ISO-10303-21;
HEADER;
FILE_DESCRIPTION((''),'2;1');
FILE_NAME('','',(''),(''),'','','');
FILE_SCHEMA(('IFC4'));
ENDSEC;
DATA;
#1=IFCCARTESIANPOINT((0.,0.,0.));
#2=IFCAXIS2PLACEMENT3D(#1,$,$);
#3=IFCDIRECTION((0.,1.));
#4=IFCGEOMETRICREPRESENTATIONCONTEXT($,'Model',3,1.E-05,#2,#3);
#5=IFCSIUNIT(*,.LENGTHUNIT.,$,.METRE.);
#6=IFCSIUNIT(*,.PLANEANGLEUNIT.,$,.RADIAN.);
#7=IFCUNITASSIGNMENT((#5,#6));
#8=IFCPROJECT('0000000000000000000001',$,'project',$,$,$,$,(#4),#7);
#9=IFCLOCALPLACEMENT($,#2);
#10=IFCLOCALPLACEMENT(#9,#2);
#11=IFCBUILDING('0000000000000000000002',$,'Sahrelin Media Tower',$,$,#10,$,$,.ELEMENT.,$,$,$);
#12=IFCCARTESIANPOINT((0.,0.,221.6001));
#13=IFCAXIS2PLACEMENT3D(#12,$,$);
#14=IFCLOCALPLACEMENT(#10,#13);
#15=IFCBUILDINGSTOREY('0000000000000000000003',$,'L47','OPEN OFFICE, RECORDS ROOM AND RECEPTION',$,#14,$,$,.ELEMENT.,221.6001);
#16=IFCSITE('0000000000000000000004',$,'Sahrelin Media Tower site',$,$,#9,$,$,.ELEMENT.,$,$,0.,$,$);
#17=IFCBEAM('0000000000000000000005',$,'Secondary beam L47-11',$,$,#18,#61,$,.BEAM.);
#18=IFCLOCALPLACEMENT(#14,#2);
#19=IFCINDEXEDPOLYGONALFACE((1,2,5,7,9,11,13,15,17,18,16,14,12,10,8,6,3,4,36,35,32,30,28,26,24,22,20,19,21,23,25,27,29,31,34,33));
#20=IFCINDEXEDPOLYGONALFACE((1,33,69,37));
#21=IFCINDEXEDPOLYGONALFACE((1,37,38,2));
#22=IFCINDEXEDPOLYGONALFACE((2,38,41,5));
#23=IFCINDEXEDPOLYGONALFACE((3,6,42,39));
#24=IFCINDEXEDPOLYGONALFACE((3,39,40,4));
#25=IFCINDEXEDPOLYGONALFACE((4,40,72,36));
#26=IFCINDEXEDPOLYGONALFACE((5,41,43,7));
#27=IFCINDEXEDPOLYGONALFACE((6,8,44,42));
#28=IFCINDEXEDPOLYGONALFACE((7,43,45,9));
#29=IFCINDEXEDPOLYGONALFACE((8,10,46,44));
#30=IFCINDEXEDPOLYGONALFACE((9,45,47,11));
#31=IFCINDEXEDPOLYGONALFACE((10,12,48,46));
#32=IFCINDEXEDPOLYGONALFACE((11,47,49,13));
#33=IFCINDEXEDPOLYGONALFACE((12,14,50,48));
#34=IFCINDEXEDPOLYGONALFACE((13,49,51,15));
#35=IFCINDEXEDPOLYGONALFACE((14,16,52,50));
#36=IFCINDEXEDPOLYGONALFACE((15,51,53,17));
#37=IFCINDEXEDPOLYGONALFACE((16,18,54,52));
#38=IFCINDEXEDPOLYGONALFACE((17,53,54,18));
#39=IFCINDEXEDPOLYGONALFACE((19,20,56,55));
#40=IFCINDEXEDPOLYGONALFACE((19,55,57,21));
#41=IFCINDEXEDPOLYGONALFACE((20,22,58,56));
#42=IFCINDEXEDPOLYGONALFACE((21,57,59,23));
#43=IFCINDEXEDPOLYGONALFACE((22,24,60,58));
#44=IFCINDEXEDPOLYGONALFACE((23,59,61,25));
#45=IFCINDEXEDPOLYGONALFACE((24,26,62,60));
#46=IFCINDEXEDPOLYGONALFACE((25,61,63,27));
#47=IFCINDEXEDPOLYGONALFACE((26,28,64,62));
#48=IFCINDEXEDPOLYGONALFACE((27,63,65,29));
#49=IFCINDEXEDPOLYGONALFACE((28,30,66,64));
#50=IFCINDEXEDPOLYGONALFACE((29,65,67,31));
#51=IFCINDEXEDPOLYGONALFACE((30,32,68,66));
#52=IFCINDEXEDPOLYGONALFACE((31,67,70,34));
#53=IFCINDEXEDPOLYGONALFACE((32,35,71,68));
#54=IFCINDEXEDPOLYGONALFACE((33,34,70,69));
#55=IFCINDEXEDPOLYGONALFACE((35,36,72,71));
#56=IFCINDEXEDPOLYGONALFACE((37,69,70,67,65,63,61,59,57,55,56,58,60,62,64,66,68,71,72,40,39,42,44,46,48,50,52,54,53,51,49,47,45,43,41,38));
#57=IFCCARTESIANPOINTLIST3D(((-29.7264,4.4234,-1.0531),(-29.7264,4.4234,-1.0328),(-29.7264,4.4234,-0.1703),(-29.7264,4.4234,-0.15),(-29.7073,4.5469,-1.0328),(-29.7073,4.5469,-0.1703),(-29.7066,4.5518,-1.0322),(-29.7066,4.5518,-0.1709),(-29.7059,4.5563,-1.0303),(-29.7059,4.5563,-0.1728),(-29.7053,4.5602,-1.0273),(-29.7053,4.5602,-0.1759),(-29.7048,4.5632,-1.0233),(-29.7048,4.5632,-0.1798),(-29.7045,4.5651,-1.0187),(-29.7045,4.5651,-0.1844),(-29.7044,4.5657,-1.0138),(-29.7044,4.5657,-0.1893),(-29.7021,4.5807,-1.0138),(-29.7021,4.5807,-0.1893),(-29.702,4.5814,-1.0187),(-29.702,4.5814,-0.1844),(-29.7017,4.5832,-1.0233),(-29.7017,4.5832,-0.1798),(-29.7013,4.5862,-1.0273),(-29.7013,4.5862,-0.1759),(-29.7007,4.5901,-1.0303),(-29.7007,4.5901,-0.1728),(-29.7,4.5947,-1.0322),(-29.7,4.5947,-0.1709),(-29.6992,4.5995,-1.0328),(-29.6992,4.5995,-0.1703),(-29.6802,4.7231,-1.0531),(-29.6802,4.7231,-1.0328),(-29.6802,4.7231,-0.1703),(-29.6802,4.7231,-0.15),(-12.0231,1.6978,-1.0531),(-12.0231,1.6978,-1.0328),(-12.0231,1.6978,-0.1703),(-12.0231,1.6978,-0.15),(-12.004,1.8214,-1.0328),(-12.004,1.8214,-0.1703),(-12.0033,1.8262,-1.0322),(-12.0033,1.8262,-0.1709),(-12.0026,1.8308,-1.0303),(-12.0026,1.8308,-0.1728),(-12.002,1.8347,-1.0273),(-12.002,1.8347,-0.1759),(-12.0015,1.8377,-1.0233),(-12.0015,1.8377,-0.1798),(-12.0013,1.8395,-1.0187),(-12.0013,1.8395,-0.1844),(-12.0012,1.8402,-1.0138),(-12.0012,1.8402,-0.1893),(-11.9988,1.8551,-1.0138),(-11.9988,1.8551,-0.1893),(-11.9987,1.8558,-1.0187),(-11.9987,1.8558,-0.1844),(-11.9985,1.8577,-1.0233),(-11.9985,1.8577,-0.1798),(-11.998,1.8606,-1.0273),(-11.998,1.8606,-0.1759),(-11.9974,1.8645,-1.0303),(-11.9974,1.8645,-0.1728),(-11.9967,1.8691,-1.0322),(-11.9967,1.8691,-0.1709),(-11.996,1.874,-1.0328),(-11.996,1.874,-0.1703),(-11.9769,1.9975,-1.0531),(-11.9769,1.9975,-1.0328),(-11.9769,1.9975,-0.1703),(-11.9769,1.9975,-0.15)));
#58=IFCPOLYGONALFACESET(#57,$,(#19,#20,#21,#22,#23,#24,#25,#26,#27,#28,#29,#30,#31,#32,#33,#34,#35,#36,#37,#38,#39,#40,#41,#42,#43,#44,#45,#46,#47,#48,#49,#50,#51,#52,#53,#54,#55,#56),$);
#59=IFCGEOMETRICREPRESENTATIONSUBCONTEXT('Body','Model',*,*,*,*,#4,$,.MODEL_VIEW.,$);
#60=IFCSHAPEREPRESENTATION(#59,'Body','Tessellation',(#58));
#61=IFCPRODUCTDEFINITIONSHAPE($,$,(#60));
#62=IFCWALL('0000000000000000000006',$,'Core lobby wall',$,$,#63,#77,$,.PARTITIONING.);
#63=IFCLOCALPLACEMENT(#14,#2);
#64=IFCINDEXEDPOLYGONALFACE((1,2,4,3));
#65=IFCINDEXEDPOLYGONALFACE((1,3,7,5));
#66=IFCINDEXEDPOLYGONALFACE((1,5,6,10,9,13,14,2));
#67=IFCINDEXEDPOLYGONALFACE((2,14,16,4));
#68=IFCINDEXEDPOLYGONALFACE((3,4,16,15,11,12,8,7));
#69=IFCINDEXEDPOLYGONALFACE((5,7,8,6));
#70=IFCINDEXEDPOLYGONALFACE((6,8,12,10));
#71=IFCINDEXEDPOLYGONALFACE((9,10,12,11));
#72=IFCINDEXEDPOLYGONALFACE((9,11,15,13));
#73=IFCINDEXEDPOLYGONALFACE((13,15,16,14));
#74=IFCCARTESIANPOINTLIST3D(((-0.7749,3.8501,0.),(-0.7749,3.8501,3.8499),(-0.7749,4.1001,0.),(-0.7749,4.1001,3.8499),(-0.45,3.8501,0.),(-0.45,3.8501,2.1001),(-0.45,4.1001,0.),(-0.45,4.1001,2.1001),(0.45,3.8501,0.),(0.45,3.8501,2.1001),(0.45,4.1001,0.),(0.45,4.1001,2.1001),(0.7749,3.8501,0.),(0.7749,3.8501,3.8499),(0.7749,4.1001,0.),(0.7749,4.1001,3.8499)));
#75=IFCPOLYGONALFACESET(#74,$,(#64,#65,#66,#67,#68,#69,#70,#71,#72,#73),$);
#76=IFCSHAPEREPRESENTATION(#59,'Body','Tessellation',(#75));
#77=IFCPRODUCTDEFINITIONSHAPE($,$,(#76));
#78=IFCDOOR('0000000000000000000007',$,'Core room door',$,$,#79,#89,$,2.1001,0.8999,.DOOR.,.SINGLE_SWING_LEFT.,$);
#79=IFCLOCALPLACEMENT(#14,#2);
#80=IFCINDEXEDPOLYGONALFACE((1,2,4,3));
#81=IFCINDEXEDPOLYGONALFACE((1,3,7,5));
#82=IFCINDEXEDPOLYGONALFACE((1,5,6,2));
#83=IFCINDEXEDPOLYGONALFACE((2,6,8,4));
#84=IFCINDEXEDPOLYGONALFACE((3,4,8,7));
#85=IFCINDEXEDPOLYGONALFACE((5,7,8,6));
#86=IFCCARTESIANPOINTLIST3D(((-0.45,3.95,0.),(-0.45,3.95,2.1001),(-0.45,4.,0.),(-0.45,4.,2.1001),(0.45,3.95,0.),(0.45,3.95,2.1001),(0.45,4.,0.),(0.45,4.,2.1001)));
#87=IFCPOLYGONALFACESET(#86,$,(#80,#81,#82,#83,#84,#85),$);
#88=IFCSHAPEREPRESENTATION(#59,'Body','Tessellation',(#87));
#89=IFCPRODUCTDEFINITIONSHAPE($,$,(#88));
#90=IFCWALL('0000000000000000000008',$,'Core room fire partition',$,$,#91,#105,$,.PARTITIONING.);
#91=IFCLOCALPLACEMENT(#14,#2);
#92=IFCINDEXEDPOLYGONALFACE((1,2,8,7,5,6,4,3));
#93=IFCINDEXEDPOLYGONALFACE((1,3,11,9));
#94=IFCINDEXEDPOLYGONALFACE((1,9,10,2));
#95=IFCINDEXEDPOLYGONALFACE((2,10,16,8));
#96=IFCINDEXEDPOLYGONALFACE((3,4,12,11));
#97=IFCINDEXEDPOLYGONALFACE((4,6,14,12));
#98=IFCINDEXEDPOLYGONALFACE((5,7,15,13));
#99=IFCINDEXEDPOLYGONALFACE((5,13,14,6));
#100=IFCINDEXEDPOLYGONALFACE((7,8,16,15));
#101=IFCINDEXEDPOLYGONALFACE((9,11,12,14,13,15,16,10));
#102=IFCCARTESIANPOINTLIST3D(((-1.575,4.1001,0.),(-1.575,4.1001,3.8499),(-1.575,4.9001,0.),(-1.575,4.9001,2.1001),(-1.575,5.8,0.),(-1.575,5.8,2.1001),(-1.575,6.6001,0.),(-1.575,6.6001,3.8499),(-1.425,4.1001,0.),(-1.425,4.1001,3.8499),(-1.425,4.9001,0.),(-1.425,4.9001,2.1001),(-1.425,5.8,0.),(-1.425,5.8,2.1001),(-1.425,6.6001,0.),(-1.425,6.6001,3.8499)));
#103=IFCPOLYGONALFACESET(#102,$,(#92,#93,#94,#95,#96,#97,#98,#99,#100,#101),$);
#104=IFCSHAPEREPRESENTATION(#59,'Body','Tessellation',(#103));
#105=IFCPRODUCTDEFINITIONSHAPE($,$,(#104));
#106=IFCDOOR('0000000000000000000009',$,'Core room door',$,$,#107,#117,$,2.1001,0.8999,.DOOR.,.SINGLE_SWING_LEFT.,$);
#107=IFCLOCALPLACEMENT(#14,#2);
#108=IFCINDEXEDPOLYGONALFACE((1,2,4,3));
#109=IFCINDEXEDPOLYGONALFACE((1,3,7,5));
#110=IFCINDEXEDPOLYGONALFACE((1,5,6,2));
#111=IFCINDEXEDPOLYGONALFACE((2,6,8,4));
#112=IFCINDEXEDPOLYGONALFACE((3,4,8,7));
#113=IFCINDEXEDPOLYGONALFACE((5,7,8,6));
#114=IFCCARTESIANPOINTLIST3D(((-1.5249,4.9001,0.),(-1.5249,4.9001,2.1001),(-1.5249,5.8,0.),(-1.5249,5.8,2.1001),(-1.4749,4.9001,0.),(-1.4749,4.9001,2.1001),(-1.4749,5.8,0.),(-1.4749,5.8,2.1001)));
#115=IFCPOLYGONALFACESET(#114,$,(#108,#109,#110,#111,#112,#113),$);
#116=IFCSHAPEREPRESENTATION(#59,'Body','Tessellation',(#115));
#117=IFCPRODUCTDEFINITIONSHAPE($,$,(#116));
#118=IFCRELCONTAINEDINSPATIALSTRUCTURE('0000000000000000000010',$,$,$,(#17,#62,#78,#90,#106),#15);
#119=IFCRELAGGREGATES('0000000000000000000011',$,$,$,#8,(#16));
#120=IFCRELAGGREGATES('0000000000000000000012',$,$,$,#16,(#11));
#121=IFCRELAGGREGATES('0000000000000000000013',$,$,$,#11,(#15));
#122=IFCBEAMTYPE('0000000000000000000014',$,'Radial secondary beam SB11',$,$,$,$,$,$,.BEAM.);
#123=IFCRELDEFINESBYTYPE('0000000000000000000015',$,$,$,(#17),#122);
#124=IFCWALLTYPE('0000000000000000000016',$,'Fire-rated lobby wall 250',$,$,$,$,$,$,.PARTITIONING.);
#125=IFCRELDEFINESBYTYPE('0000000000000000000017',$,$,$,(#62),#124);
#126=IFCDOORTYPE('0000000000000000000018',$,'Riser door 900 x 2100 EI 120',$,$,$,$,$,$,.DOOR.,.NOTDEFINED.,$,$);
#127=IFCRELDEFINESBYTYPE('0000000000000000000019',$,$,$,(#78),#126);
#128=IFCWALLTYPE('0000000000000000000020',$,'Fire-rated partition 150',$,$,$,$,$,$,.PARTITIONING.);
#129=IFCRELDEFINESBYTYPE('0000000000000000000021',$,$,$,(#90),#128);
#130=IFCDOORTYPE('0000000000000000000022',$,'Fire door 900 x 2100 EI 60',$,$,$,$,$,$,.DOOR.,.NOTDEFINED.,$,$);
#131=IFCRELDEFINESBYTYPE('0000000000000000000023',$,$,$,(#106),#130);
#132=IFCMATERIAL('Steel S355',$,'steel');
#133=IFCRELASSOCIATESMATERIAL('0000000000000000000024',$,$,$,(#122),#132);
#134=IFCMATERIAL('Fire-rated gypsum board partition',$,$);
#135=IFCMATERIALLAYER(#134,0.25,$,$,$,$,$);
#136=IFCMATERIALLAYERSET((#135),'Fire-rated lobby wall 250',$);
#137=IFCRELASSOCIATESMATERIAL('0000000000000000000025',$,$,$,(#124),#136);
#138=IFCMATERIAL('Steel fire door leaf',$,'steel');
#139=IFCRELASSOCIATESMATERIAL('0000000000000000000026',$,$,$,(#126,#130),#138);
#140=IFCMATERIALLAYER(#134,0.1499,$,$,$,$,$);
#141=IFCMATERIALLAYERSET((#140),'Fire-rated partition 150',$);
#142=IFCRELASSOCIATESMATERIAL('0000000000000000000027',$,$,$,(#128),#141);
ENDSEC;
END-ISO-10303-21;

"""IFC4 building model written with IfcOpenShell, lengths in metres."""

from ifc_helpers import new_model, si_unit, direction, frame, frame_2d, origin, origin_2d, place, context, subcontext, project, spatial, rectangle, i_section, extrude, material, layer, layer_set, material_profile, profile_set, type_object, element, fill, save


model = new_model("IFC4")

# Units and contexts
model_context = context("Model", 3, precision=1e-05, world=origin(), true_north=direction((0.0, 1.0)))
body_context = subcontext(model_context, "Body", "Model", "MODEL_VIEW")
ifc_project = project(units=[si_unit("LENGTHUNIT", "METRE"), si_unit("PLANEANGLEUNIT", "RADIAN")], contexts=[model_context])

# Site, building, storey
site_placement = place(None, origin())
site = spatial("IfcSite", under=ifc_project, at=site_placement, Name="Sahrelin Media Tower site", CompositionType="ELEMENT", RefElevation=0.0)
building_placement = place(site_placement, origin())
building = spatial("IfcBuilding", under=site, at=building_placement, Name="Sahrelin Media Tower", CompositionType="ELEMENT")
storey_placement = place(building_placement, frame((0.0, 0.0, 221.6001)))
storey = spatial("IfcBuildingStorey", under=building, at=storey_placement, Name="L47", Description="OPEN OFFICE, RECORDS ROOM AND RECEPTION", CompositionType="ELEMENT", Elevation=221.6001)

# Beam
ifc_material_1 = material(Name="Steel S355", Category="steel")
ifc_material_profile_1 = material_profile(ifc_material_1, i_section(OverallWidth=0.3032, OverallDepth=0.9031, WebThickness=0.0151, FlangeThickness=0.0203, FilletRadius=0.019, at=origin_2d()), Name="UB 914x305x201")
ifc_profile_set_1 = profile_set([ifc_material_profile_1], Name="Steel S355")
beam_type_1 = type_object("IfcBeamType", Name="Radial secondary beam SB11", PredefinedType="BEAM", material=ifc_profile_set_1)
beam_1_placement = place(storey_placement, frame((-12.0, 1.8477, -0.6016), z_axis=(-0.988355, 0.152166, 0.0), x_axis=(-0.152166, -0.988355, 0.0)))
element("IfcBeam", 1, at=beam_1_placement, inside=storey, type_object=beam_type_1, Name="Secondary beam L47-11", PredefinedType="BEAM", context=body_context, shape_type="SweptSolid", body=[
    extrude(i_section(OverallWidth=0.3032, OverallDepth=0.9031, WebThickness=0.0151, FlangeThickness=0.0203, FilletRadius=0.019, at=origin_2d()), origin(), (0.0, 0.0, 1.0), 17.9119),
])

# Walls, openings, doors
ifc_material_2 = material(Name="Fire-rated gypsum board partition")
ifc_layer_1 = layer(ifc_material_2, 0.25)
ifc_layer_set_1 = layer_set([ifc_layer_1], Name="Fire-rated lobby wall 250")
wall_type_1 = type_object("IfcWallType", Name="Fire-rated lobby wall 250", PredefinedType="PARTITIONING", material=ifc_layer_set_1)
wall_1_placement = place(storey_placement, frame((-0.7749, 3.9751, 0.0), z_axis=(0.0, 0.0, 1.0), x_axis=(1.0, 0.0, 0.0)))
wall_1 = element("IfcWall", 2, at=wall_1_placement, inside=storey, type_object=wall_type_1, Name="Core lobby wall", PredefinedType="PARTITIONING", context=body_context, shape_type="SweptSolid", body=[
    extrude(rectangle(XDim=1.5498, YDim=0.25, at=frame_2d((0.7749, 0.0))), origin(), (0.0, 0.0, 1.0), 3.8499),
])
opening_1_placement = place(wall_1_placement, frame((0.325, 0.0, 0.0)))
opening_1 = element("IfcOpeningElement", 3, at=opening_1_placement, cuts=wall_1, PredefinedType="OPENING", context=body_context, shape_type="SweptSolid", body=[
    extrude(rectangle(XDim=0.8999, YDim=2.1001, at=frame_2d((0.45, 1.05))), frame((0.0, 0.125, 0.0), z_axis=(0.0, -1.0, 0.0), x_axis=(1.0, 0.0, 0.0)), (0.0, 0.0, 1.0), 0.25),
])
ifc_material_3 = material(Name="Steel fire door leaf", Category="steel")
door_type_1 = type_object("IfcDoorType", Name="Riser door 900 x 2100 EI 120", OperationType="NOTDEFINED", PredefinedType="DOOR", material=ifc_material_3)
door_1_placement = place(opening_1_placement, origin())
door_1 = element("IfcDoor", 4, at=door_1_placement, inside=storey, type_object=door_type_1, Name="Core room door", OperationType="SINGLE_SWING_LEFT", OverallHeight=2.1001, OverallWidth=0.8999, PredefinedType="DOOR", context=body_context, shape_type="SweptSolid", body=[
    extrude(rectangle(XDim=0.8999, YDim=2.1001, at=frame_2d((0.45, 1.05))), frame((0.0, 0.0249, 0.0), z_axis=(0.0, -1.0, 0.0), x_axis=(1.0, 0.0, 0.0)), (0.0, 0.0, 1.0), 0.05),
])
fill(opening_1, door_1)
ifc_layer_2 = layer(ifc_material_2, 0.1499)
ifc_layer_set_2 = layer_set([ifc_layer_2], Name="Fire-rated partition 150")
wall_type_2 = type_object("IfcWallType", Name="Fire-rated partition 150", PredefinedType="PARTITIONING", material=ifc_layer_set_2)
wall_2_placement = place(storey_placement, frame((-1.5, 4.1001, 0.0), z_axis=(0.0, 0.0, 1.0), x_axis=(0.0, 1.0, 0.0)))
wall_2 = element("IfcWall", 5, at=wall_2_placement, inside=storey, type_object=wall_type_2, Name="Core room fire partition", PredefinedType="PARTITIONING", context=body_context, shape_type="SweptSolid", body=[
    extrude(rectangle(XDim=2.5, YDim=0.1499, at=frame_2d((1.25, 0.0))), origin(), (0.0, 0.0, 1.0), 3.8499),
])
opening_2_placement = place(wall_2_placement, frame((0.8, 0.0, 0.0)))
opening_2 = element("IfcOpeningElement", 6, at=opening_2_placement, cuts=wall_2, PredefinedType="OPENING", context=body_context, shape_type="SweptSolid", body=[
    extrude(rectangle(XDim=0.8999, YDim=2.1001, at=frame_2d((0.45, 1.05))), frame((0.0, 0.075, 0.0), z_axis=(0.0, -1.0, 0.0), x_axis=(1.0, 0.0, 0.0)), (0.0, 0.0, 1.0), 0.1499),
])
door_type_2 = type_object("IfcDoorType", Name="Fire door 900 x 2100 EI 60", OperationType="NOTDEFINED", PredefinedType="DOOR", material=ifc_material_3)
door_2_placement = place(opening_2_placement, origin())
door_2 = element("IfcDoor", 7, at=door_2_placement, inside=storey, type_object=door_type_2, Name="Core room door", OperationType="SINGLE_SWING_LEFT", OverallHeight=2.1001, OverallWidth=0.8999, PredefinedType="DOOR", context=body_context, shape_type="SweptSolid", body=[
    extrude(rectangle(XDim=0.8999, YDim=2.1001, at=frame_2d((0.45, 1.05))), frame((0.0, 0.0249, 0.0), z_axis=(0.0, -1.0, 0.0), x_axis=(1.0, 0.0, 0.0)), (0.0, 0.0, 1.0), 0.05),
])
fill(opening_2, door_2)

save(model, "model.ifc")
